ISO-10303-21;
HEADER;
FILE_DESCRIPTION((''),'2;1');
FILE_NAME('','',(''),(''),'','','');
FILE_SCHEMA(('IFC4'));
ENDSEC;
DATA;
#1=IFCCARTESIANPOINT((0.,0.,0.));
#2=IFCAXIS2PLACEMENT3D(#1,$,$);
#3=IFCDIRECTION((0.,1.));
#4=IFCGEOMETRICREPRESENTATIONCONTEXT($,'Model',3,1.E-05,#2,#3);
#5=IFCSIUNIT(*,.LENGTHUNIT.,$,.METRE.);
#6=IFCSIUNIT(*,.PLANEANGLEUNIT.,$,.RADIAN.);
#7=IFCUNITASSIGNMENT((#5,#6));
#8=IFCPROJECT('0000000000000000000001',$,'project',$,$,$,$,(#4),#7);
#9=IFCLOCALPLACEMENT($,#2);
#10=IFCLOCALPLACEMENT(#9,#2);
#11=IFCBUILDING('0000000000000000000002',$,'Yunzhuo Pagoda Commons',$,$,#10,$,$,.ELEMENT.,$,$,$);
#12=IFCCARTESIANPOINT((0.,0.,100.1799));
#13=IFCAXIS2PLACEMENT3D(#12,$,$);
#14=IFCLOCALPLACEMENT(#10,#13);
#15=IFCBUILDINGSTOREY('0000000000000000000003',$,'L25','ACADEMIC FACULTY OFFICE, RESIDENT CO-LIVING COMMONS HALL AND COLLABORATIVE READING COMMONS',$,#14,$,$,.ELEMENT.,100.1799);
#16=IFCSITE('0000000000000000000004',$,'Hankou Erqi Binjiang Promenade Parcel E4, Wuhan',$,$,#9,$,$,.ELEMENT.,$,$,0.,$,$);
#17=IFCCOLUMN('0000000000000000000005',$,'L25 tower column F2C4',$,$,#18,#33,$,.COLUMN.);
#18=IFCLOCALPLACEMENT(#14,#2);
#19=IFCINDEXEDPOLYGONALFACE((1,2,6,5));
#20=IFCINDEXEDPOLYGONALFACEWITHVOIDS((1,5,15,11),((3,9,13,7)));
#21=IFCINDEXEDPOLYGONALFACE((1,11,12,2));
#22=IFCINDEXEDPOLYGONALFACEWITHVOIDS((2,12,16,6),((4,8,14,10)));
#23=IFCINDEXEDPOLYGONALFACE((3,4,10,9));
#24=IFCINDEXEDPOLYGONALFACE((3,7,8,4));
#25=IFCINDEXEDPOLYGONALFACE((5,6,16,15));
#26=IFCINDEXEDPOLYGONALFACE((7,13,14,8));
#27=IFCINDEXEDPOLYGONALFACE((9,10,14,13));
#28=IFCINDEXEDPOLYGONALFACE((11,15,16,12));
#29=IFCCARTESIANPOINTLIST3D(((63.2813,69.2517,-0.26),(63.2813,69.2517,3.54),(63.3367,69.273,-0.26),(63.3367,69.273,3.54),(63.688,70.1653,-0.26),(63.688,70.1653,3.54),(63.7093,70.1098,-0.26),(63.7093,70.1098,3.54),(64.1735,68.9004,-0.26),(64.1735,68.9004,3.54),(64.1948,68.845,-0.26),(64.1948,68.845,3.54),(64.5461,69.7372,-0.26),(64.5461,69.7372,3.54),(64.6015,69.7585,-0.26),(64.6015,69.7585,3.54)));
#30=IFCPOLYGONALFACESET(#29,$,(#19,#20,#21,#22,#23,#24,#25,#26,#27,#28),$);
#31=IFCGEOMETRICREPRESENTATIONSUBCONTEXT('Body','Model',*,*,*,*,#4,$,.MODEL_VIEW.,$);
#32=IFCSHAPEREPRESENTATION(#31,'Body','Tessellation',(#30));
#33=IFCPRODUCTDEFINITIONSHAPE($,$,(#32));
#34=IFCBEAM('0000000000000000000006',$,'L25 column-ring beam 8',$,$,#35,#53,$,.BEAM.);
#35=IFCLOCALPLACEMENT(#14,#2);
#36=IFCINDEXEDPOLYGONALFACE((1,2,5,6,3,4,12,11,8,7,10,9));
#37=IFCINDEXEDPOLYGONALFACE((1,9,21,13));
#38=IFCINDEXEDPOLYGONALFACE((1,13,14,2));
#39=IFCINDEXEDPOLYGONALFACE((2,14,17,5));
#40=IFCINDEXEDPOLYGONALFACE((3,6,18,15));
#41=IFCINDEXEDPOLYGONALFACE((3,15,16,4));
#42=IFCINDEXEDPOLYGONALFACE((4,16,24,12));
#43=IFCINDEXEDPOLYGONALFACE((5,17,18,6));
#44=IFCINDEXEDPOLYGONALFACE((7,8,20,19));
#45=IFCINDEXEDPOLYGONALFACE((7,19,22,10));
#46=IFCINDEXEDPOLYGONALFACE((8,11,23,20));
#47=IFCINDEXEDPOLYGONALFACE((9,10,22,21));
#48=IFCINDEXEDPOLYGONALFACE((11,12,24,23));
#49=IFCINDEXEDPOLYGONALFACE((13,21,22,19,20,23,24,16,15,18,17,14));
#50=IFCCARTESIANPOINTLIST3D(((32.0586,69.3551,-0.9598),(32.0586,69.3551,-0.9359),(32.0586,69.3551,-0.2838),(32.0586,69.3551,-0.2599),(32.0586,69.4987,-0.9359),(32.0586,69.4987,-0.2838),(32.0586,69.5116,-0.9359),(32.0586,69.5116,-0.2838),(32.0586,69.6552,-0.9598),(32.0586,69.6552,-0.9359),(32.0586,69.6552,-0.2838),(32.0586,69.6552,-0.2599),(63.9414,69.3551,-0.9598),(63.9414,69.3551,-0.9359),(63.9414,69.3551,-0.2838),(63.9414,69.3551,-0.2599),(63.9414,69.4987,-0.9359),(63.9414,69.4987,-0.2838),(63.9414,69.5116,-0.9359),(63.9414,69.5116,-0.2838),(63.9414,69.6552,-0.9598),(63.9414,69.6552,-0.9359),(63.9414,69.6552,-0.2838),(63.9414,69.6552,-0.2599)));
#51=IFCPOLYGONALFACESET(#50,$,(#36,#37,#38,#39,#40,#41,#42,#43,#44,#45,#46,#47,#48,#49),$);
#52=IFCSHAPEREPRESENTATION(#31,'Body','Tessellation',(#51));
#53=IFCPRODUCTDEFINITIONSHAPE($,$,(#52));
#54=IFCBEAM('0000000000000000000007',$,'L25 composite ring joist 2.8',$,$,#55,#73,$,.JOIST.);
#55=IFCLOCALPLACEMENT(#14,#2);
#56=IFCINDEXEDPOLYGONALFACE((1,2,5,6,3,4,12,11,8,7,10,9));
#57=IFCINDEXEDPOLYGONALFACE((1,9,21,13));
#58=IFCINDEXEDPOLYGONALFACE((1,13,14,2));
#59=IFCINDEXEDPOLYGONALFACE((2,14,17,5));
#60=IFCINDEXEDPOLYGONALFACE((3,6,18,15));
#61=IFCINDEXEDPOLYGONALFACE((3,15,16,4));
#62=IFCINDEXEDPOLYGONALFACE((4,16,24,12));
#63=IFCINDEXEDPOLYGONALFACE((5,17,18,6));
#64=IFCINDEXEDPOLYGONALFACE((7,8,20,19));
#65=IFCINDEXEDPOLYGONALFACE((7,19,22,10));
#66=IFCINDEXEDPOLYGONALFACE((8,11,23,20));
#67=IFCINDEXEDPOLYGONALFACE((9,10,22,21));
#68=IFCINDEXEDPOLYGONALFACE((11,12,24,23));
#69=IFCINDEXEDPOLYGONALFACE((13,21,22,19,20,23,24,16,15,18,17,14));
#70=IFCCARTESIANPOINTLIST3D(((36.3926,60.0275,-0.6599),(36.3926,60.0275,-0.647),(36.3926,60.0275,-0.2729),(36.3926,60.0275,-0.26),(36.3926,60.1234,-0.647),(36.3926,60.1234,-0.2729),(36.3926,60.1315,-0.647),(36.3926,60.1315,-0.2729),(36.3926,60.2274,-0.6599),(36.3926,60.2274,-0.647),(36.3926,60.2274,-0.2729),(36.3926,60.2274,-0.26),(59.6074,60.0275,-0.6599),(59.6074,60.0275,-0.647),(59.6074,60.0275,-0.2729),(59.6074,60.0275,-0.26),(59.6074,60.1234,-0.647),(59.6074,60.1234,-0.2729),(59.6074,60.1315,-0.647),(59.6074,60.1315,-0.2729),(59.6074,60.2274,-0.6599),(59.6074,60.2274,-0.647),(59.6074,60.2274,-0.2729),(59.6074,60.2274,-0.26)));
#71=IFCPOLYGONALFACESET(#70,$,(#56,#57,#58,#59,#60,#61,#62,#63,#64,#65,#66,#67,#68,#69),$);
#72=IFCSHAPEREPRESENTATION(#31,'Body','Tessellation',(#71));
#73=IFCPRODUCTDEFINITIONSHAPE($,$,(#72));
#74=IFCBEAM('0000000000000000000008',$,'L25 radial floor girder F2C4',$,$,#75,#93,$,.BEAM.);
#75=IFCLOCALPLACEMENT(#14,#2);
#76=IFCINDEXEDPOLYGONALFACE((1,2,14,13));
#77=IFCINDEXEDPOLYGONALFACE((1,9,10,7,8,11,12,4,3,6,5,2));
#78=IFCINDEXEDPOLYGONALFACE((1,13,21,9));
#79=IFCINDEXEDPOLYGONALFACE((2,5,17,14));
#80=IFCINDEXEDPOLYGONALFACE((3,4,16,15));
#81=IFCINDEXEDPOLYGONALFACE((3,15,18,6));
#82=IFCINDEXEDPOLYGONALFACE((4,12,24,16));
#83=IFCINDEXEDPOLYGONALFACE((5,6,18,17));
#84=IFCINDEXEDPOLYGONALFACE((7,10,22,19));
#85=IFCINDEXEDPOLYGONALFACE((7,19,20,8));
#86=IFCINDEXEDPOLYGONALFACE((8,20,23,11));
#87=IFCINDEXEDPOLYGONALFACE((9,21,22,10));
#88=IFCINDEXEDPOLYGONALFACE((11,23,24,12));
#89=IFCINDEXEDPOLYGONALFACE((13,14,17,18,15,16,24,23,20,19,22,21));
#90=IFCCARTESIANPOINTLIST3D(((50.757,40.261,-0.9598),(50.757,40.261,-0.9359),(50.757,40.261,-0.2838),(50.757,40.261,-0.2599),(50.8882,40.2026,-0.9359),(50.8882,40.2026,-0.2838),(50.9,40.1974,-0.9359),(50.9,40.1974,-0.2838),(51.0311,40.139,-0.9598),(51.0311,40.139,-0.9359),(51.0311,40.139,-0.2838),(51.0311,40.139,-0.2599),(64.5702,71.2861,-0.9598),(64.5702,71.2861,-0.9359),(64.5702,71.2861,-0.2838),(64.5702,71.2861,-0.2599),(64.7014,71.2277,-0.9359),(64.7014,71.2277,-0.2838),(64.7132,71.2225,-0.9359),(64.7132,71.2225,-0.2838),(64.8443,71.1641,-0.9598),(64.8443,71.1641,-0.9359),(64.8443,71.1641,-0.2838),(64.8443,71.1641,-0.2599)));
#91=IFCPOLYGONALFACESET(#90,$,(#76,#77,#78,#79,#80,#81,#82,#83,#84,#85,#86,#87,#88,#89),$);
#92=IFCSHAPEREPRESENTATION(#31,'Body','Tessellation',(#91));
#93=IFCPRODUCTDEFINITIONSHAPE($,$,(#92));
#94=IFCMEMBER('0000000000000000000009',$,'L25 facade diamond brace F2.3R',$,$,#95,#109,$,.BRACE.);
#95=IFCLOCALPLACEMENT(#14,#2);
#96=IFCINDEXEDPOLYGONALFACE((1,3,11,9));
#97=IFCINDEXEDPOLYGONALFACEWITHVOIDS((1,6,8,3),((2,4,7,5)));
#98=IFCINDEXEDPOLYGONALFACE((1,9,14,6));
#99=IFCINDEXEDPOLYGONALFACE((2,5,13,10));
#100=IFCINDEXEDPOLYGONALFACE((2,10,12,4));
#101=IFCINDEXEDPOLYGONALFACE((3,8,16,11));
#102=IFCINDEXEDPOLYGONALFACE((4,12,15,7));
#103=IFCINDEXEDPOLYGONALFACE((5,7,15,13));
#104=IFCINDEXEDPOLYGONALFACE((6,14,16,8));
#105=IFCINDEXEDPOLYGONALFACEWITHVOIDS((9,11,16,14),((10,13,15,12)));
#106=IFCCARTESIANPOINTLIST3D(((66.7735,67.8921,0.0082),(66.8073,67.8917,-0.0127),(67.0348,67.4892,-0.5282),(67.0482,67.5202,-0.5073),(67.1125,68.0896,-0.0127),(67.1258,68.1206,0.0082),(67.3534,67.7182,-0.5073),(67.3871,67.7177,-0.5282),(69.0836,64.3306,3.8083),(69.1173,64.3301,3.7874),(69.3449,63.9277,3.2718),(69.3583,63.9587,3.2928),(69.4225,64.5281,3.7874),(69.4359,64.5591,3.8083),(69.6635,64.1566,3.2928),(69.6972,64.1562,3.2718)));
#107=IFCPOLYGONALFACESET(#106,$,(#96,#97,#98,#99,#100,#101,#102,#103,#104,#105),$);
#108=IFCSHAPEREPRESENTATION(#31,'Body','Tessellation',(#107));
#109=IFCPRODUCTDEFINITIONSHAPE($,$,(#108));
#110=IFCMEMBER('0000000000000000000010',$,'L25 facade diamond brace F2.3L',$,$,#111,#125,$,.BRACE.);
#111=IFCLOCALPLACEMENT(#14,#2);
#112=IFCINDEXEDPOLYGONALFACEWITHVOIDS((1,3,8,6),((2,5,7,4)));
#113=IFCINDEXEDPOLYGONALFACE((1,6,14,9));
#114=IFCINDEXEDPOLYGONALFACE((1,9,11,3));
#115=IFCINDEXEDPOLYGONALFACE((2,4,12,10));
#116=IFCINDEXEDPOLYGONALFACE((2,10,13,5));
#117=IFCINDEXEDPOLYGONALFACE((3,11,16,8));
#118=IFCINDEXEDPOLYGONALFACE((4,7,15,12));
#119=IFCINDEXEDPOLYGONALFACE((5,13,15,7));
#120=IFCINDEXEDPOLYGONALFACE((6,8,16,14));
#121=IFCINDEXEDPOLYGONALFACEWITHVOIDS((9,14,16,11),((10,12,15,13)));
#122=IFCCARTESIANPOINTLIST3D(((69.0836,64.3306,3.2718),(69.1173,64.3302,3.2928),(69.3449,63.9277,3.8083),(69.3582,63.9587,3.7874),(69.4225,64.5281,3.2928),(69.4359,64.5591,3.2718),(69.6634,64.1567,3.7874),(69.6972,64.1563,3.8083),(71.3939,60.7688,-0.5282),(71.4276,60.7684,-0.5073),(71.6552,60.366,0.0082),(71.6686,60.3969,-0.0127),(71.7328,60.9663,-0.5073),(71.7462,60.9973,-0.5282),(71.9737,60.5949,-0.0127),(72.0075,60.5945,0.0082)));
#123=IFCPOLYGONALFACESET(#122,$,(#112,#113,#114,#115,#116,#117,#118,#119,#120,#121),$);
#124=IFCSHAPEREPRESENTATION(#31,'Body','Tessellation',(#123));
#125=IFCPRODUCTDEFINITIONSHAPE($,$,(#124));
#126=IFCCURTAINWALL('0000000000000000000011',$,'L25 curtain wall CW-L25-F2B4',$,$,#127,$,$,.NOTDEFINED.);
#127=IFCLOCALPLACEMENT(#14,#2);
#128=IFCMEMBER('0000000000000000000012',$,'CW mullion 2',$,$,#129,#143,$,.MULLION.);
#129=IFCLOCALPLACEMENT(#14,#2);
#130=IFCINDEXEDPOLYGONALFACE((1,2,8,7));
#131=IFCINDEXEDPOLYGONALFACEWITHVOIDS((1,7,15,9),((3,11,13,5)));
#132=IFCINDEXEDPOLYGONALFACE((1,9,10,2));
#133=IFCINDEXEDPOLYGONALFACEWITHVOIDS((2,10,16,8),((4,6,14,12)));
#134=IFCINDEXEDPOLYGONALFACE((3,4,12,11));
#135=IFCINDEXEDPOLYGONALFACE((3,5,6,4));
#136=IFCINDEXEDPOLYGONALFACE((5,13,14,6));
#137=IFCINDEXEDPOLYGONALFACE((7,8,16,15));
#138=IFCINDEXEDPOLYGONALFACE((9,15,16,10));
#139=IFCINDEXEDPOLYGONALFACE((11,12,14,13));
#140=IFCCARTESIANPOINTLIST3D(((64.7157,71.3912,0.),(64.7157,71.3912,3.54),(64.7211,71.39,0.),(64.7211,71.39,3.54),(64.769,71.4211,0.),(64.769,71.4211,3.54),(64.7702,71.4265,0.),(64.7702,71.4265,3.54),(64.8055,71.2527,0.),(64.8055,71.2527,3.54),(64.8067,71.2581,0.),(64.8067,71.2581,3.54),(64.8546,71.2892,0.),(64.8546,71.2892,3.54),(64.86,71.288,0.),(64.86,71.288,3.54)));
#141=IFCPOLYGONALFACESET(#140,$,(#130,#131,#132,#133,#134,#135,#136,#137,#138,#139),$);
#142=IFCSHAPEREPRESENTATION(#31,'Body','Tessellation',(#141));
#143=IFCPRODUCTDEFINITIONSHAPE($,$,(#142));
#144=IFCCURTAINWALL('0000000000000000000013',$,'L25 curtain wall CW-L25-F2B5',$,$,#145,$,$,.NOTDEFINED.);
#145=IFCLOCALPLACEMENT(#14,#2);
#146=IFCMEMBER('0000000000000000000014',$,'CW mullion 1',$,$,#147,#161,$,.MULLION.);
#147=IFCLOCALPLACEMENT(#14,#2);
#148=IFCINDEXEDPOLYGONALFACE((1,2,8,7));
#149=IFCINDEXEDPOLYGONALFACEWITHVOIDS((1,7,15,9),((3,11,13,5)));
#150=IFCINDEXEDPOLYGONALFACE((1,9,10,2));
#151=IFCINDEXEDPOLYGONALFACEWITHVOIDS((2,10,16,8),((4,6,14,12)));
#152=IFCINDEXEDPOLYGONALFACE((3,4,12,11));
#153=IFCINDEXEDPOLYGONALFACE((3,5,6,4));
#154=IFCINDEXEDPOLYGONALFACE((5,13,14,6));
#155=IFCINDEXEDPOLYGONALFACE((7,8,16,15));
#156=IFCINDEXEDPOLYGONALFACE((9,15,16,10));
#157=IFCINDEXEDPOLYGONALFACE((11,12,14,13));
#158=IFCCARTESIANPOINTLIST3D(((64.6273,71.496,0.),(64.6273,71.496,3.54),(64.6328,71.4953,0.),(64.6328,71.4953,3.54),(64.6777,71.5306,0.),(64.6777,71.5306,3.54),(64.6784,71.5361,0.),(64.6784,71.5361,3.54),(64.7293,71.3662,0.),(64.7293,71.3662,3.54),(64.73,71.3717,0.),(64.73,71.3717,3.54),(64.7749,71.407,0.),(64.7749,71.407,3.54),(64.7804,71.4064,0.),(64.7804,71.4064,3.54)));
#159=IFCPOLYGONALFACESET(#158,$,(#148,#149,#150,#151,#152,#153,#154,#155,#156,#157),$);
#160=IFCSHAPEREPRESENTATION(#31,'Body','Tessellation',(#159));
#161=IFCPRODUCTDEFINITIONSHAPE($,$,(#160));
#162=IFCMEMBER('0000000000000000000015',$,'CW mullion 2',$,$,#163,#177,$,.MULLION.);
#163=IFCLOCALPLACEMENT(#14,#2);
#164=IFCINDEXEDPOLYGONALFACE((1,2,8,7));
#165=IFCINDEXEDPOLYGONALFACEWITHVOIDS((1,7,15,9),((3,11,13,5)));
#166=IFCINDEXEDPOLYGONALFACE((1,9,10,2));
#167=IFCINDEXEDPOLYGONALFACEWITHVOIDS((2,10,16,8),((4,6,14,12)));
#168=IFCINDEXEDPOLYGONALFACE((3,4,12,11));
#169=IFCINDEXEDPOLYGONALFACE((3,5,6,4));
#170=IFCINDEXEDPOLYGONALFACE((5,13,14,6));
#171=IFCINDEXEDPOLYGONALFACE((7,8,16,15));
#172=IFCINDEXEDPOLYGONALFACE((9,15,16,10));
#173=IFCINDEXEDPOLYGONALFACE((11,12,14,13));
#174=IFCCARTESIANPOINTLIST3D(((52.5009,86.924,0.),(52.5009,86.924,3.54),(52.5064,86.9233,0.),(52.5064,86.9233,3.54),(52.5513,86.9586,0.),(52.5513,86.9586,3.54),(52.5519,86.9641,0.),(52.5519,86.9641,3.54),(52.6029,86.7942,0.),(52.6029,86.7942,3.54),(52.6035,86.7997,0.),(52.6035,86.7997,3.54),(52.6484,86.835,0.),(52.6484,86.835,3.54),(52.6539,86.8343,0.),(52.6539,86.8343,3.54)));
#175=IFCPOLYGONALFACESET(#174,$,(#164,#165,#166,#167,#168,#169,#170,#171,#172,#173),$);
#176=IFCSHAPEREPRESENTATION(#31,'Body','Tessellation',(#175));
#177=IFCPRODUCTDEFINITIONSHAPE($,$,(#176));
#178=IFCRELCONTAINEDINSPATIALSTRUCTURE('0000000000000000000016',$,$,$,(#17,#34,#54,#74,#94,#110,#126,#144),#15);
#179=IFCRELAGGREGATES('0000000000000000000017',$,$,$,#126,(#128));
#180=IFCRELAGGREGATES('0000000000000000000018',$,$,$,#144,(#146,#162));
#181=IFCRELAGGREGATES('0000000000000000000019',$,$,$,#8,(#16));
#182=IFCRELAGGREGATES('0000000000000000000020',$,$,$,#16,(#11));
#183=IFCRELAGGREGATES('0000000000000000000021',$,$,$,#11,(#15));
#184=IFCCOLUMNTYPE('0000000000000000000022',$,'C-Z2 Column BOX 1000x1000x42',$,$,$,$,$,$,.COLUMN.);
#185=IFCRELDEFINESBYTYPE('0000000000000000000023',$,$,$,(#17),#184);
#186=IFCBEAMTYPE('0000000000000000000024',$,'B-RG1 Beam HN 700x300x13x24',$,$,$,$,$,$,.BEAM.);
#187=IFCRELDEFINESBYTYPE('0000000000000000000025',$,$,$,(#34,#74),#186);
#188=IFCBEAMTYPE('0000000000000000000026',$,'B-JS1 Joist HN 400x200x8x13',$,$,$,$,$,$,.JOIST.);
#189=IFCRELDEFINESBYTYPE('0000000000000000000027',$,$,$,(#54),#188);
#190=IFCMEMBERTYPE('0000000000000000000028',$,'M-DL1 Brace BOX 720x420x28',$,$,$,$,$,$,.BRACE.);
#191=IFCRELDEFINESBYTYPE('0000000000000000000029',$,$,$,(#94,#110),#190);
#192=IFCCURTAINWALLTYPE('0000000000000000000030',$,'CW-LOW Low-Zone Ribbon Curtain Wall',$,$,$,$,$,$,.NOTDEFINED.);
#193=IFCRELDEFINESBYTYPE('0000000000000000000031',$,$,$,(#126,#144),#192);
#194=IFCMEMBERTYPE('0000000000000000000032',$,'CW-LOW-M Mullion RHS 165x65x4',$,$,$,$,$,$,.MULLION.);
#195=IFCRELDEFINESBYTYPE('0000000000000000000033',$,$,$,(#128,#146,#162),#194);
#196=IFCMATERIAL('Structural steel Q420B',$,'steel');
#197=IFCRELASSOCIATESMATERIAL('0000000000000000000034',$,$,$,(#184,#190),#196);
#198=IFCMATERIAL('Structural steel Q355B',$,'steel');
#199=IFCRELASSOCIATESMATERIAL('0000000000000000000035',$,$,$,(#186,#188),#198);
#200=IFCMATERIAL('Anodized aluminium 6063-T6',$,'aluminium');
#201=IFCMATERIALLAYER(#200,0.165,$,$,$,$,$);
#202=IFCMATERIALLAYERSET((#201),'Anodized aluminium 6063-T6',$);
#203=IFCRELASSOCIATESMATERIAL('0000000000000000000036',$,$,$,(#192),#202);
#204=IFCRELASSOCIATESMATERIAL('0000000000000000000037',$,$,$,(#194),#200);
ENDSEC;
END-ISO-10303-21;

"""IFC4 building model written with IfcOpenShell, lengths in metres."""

from ifc_helpers import new_model, si_unit, direction, frame, origin, origin_2d, place, context, subcontext, project, spatial, hollow_rectangle, i_section, extrude, source, transform, mapped, material, layer, layer_set, material_profile, profile_set, type_object, element, aggregate, save


model = new_model("IFC4")

# Units and contexts
model_context = context("Model", 3, precision=1e-05, world=origin(), true_north=direction((0.0, 1.0)))
body_context = subcontext(model_context, "Body", "Model", "MODEL_VIEW")
ifc_project = project(units=[si_unit("LENGTHUNIT", "METRE"), si_unit("PLANEANGLEUNIT", "RADIAN")], contexts=[model_context])

# Site, building, storey
site_placement = place(None, origin())
site = spatial("IfcSite", under=ifc_project, at=site_placement, Name="Hankou Erqi Binjiang Promenade Parcel E4, Wuhan", CompositionType="ELEMENT", RefElevation=0.0)
building_placement = place(site_placement, origin())
building = spatial("IfcBuilding", under=site, at=building_placement, Name="Yunzhuo Pagoda Commons", CompositionType="ELEMENT")
storey_placement = place(building_placement, frame((0.0, 0.0, 100.1799)))
storey = spatial("IfcBuildingStorey", under=building, at=storey_placement, Name="L25", Description="ACADEMIC FACULTY OFFICE, RESIDENT CO-LIVING COMMONS HALL AND COLLABORATIVE READING COMMONS", CompositionType="ELEMENT", Elevation=100.1799)

# Column
ifc_material_1 = material(Name="Structural steel Q420B", Category="steel")
ifc_material_profile_1 = material_profile(ifc_material_1, hollow_rectangle(XDim=1.0, YDim=1.0, WallThickness=0.042, at=origin_2d()), Name="Structural steel Q420B")
ifc_profile_set_1 = profile_set([ifc_material_profile_1], Name="Structural steel Q420B")
column_type = type_object("IfcColumnType", Name="C-Z2 Column BOX 1000x1000x42", PredefinedType="COLUMN", material=ifc_profile_set_1)
shared_shape_1 = source(origin(), body_context, "Body", "SweptSolid", [
    extrude(hollow_rectangle(XDim=1.0, YDim=1.0, WallThickness=0.042, at=origin_2d()), origin(), (0.0, 0.0, 1.0), 3.8),
])
column_placement = place(storey_placement, frame((63.9414, 69.5051, -0.26), z_axis=(0.0, 0.0, 1.0), x_axis=(-0.913545, 0.406737, 0.0)))
element("IfcColumn", 1, at=column_placement, inside=storey, type_object=column_type, Name="L25 tower column F2C4", PredefinedType="COLUMN", context=body_context, shape_type="MappedRepresentation", body=[
    mapped(shared_shape_1, transform((0.0, 0.0, 0.0), scale=1.0)),
])

# Beams
ifc_material_2 = material(Name="Structural steel Q355B", Category="steel")
ifc_material_profile_2 = material_profile(ifc_material_2, i_section(OverallWidth=0.3, OverallDepth=0.7, WebThickness=0.0129, FlangeThickness=0.0239, at=origin_2d()), Name="Structural steel Q355B")
ifc_profile_set_2 = profile_set([ifc_material_profile_2], Name="Structural steel Q355B")
beam_type_1 = type_object("IfcBeamType", Name="B-RG1 Beam HN 700x300x13x24", PredefinedType="BEAM", material=ifc_profile_set_2)
shared_shape_2 = source(origin(), body_context, "Body", "SweptSolid", [
    extrude(i_section(OverallWidth=0.3, OverallDepth=0.7, WebThickness=0.0129, FlangeThickness=0.0239, at=origin_2d()), origin(), (0.0, 0.0, 1.0), 31.8828),
])
beam_1_placement = place(storey_placement, frame((63.9414, 69.5051, -0.6099), z_axis=(-1.0, 0.0, 0.0), x_axis=(0.0, -1.0, 0.0)))
element("IfcBeam", 2, at=beam_1_placement, inside=storey, type_object=beam_type_1, Name="L25 column-ring beam 8", PredefinedType="BEAM", context=body_context, shape_type="MappedRepresentation", body=[
    mapped(shared_shape_2, transform((0.0, 0.0, 0.0), scale=1.0)),
])
ifc_material_profile_3 = material_profile(ifc_material_2, i_section(OverallWidth=0.2, OverallDepth=0.3999, WebThickness=0.0081, FlangeThickness=0.0129, at=origin_2d()), Name="Structural steel Q355B")
ifc_profile_set_3 = profile_set([ifc_material_profile_3], Name="Structural steel Q355B")
beam_type_2 = type_object("IfcBeamType", Name="B-JS1 Joist HN 400x200x8x13", PredefinedType="JOIST", material=ifc_profile_set_3)
shared_shape_3 = source(origin(), body_context, "Body", "SweptSolid", [
    extrude(i_section(OverallWidth=0.2, OverallDepth=0.3999, WebThickness=0.0081, FlangeThickness=0.0129, at=origin_2d()), origin(), (0.0, 0.0, 1.0), 23.2148),
])
beam_2_placement = place(storey_placement, frame((59.6074, 60.1274, -0.46), z_axis=(-1.0, 0.0, 0.0), x_axis=(0.0, -1.0, 0.0)))
element("IfcBeam", 3, at=beam_2_placement, inside=storey, type_object=beam_type_2, Name="L25 composite ring joist 2.8", PredefinedType="JOIST", context=body_context, shape_type="MappedRepresentation", body=[
    mapped(shared_shape_3, transform((0.0, 0.0, 0.0), scale=1.0)),
])
shared_shape_4 = source(origin(), body_context, "Body", "SweptSolid", [
    extrude(i_section(OverallWidth=0.3, OverallDepth=0.7, WebThickness=0.0129, FlangeThickness=0.0239, at=origin_2d()), origin(), (0.0, 0.0, 1.0), 33.9612),
])
beam_3_placement = place(storey_placement, frame((64.7073, 71.2251, -0.6099), z_axis=(-0.406735, -0.913546, 0.0), x_axis=(0.913546, -0.406735, 0.0)))
element("IfcBeam", 4, at=beam_3_placement, inside=storey, type_object=beam_type_1, Name="L25 radial floor girder F2C4", PredefinedType="BEAM", context=body_context, shape_type="MappedRepresentation", body=[
    mapped(shared_shape_4, transform((0.0, 0.0, 0.0), scale=1.0)),
])

# Members
ifc_material_profile_4 = material_profile(ifc_material_1, hollow_rectangle(XDim=0.4199, YDim=0.72, WallThickness=0.0281, at=origin_2d()), Name="Structural steel Q420B")
ifc_profile_set_4 = profile_set([ifc_material_profile_4], Name="Structural steel Q420B")
member_type_1 = type_object("IfcMemberType", Name="M-DL1 Brace BOX 720x420x28", PredefinedType="BRACE", material=ifc_profile_set_4)
shared_shape_5 = source(origin(), body_context, "Body", "SweptSolid", [
    extrude(hollow_rectangle(XDim=0.4199, YDim=0.72, WallThickness=0.0281, at=origin_2d()), origin(), (0.0, 0.0, 1.0), 5.6975),
])
member_1_placement = place(storey_placement, frame((67.0803, 67.8049, -0.26), z_axis=(0.405453, -0.625106, 0.666971), x_axis=(0.838974, 0.544171, 0.0)))
element("IfcMember", 5, at=member_1_placement, inside=storey, type_object=member_type_1, Name="L25 facade diamond brace F2.3R", PredefinedType="BRACE", context=body_context, shape_type="MappedRepresentation", body=[
    mapped(shared_shape_5, transform((0.0, 0.0, 0.0), scale=1.0)),
])
shared_shape_6 = source(origin(), body_context, "Body", "SweptSolid", [
    extrude(hollow_rectangle(XDim=0.4199, YDim=0.72, WallThickness=0.0281, at=origin_2d()), origin(), (0.0, 0.0, 1.0), 5.6978),
])
member_2_placement = place(storey_placement, frame((71.7007, 60.6816, -0.26), z_axis=(-0.405478, 0.625121, 0.666942), x_axis=(-0.838965, -0.544186, 0.0)))
element("IfcMember", 6, at=member_2_placement, inside=storey, type_object=member_type_1, Name="L25 facade diamond brace F2.3L", PredefinedType="BRACE", context=body_context, shape_type="MappedRepresentation", body=[
    mapped(shared_shape_6, transform((0.0, 0.0, 0.0), scale=1.0)),
])

# Curtain wall, member
ifc_material_3 = material(Name="Anodized aluminium 6063-T6", Category="aluminium")
ifc_layer_1 = layer(ifc_material_3, 0.165)
ifc_layer_set_1 = layer_set([ifc_layer_1], Name="Anodized aluminium 6063-T6")
curtain_wall_type = type_object("IfcCurtainWallType", Name="CW-LOW Low-Zone Ribbon Curtain Wall", PredefinedType="NOTDEFINED", material=ifc_layer_set_1)
curtain_wall_1_placement = place(storey_placement, origin())
curtain_wall_1 = element("IfcCurtainWall", 7, at=curtain_wall_1_placement, inside=storey, type_object=curtain_wall_type, Name="L25 curtain wall CW-L25-F2B4", PredefinedType="NOTDEFINED")
ifc_material_profile_5 = material_profile(ifc_material_3, hollow_rectangle(XDim=0.0649, YDim=0.165, WallThickness=0.0039, at=origin_2d()), Name="Anodized aluminium 6063-T6")
ifc_profile_set_5 = profile_set([ifc_material_profile_5], Name="Anodized aluminium 6063-T6")
member_type_2 = type_object("IfcMemberType", Name="CW-LOW-M Mullion RHS 165x65x4", PredefinedType="MULLION", material=ifc_profile_set_5)
shared_shape_7 = source(origin(), body_context, "Body", "SweptSolid", [
    extrude(hollow_rectangle(XDim=0.0649, YDim=0.165, WallThickness=0.0039, at=origin_2d()), origin(), (0.0, 0.0, 1.0), 3.54),
])
member_3_placement = place(storey_placement, frame((64.7878, 71.3396, 0.0), z_axis=(0.0, 0.0, 1.0), x_axis=(-0.838972, -0.544174, 0.0)))
member_3 = element("IfcMember", 8, at=member_3_placement, type_object=member_type_2, Name="CW mullion 2", PredefinedType="MULLION", context=body_context, shape_type="MappedRepresentation", body=[
    mapped(shared_shape_7, transform((0.0, 0.0, 0.0), scale=1.0)),
])

# Curtain wall, members
curtain_wall_2_placement = place(storey_placement, origin())
curtain_wall_2 = element("IfcCurtainWall", 9, at=curtain_wall_2_placement, inside=storey, type_object=curtain_wall_type, Name="L25 curtain wall CW-L25-F2B5", PredefinedType="NOTDEFINED")
member_4_placement = place(storey_placement, frame((64.7039, 71.4512, 0.0), z_axis=(0.0, 0.0, 1.0), x_axis=(-0.786215, -0.617953, 0.0)))
member_4 = element("IfcMember", 10, at=member_4_placement, type_object=member_type_2, Name="CW mullion 1", PredefinedType="MULLION", context=body_context, shape_type="MappedRepresentation", body=[
    mapped(shared_shape_7, transform((0.0, 0.0, 0.0), scale=1.0)),
])
member_5_placement = place(storey_placement, frame((52.5774, 86.8792, 0.0), z_axis=(0.0, 0.0, 1.0), x_axis=(-0.786215, -0.617953, 0.0)))
member_5 = element("IfcMember", 11, at=member_5_placement, type_object=member_type_2, Name="CW mullion 2", PredefinedType="MULLION", context=body_context, shape_type="MappedRepresentation", body=[
    mapped(shared_shape_7, transform((0.0, 0.0, 0.0), scale=1.0)),
])

aggregate(curtain_wall_1, [member_3])
aggregate(curtain_wall_2, [member_4, member_5])

save(model, "model.ifc")
